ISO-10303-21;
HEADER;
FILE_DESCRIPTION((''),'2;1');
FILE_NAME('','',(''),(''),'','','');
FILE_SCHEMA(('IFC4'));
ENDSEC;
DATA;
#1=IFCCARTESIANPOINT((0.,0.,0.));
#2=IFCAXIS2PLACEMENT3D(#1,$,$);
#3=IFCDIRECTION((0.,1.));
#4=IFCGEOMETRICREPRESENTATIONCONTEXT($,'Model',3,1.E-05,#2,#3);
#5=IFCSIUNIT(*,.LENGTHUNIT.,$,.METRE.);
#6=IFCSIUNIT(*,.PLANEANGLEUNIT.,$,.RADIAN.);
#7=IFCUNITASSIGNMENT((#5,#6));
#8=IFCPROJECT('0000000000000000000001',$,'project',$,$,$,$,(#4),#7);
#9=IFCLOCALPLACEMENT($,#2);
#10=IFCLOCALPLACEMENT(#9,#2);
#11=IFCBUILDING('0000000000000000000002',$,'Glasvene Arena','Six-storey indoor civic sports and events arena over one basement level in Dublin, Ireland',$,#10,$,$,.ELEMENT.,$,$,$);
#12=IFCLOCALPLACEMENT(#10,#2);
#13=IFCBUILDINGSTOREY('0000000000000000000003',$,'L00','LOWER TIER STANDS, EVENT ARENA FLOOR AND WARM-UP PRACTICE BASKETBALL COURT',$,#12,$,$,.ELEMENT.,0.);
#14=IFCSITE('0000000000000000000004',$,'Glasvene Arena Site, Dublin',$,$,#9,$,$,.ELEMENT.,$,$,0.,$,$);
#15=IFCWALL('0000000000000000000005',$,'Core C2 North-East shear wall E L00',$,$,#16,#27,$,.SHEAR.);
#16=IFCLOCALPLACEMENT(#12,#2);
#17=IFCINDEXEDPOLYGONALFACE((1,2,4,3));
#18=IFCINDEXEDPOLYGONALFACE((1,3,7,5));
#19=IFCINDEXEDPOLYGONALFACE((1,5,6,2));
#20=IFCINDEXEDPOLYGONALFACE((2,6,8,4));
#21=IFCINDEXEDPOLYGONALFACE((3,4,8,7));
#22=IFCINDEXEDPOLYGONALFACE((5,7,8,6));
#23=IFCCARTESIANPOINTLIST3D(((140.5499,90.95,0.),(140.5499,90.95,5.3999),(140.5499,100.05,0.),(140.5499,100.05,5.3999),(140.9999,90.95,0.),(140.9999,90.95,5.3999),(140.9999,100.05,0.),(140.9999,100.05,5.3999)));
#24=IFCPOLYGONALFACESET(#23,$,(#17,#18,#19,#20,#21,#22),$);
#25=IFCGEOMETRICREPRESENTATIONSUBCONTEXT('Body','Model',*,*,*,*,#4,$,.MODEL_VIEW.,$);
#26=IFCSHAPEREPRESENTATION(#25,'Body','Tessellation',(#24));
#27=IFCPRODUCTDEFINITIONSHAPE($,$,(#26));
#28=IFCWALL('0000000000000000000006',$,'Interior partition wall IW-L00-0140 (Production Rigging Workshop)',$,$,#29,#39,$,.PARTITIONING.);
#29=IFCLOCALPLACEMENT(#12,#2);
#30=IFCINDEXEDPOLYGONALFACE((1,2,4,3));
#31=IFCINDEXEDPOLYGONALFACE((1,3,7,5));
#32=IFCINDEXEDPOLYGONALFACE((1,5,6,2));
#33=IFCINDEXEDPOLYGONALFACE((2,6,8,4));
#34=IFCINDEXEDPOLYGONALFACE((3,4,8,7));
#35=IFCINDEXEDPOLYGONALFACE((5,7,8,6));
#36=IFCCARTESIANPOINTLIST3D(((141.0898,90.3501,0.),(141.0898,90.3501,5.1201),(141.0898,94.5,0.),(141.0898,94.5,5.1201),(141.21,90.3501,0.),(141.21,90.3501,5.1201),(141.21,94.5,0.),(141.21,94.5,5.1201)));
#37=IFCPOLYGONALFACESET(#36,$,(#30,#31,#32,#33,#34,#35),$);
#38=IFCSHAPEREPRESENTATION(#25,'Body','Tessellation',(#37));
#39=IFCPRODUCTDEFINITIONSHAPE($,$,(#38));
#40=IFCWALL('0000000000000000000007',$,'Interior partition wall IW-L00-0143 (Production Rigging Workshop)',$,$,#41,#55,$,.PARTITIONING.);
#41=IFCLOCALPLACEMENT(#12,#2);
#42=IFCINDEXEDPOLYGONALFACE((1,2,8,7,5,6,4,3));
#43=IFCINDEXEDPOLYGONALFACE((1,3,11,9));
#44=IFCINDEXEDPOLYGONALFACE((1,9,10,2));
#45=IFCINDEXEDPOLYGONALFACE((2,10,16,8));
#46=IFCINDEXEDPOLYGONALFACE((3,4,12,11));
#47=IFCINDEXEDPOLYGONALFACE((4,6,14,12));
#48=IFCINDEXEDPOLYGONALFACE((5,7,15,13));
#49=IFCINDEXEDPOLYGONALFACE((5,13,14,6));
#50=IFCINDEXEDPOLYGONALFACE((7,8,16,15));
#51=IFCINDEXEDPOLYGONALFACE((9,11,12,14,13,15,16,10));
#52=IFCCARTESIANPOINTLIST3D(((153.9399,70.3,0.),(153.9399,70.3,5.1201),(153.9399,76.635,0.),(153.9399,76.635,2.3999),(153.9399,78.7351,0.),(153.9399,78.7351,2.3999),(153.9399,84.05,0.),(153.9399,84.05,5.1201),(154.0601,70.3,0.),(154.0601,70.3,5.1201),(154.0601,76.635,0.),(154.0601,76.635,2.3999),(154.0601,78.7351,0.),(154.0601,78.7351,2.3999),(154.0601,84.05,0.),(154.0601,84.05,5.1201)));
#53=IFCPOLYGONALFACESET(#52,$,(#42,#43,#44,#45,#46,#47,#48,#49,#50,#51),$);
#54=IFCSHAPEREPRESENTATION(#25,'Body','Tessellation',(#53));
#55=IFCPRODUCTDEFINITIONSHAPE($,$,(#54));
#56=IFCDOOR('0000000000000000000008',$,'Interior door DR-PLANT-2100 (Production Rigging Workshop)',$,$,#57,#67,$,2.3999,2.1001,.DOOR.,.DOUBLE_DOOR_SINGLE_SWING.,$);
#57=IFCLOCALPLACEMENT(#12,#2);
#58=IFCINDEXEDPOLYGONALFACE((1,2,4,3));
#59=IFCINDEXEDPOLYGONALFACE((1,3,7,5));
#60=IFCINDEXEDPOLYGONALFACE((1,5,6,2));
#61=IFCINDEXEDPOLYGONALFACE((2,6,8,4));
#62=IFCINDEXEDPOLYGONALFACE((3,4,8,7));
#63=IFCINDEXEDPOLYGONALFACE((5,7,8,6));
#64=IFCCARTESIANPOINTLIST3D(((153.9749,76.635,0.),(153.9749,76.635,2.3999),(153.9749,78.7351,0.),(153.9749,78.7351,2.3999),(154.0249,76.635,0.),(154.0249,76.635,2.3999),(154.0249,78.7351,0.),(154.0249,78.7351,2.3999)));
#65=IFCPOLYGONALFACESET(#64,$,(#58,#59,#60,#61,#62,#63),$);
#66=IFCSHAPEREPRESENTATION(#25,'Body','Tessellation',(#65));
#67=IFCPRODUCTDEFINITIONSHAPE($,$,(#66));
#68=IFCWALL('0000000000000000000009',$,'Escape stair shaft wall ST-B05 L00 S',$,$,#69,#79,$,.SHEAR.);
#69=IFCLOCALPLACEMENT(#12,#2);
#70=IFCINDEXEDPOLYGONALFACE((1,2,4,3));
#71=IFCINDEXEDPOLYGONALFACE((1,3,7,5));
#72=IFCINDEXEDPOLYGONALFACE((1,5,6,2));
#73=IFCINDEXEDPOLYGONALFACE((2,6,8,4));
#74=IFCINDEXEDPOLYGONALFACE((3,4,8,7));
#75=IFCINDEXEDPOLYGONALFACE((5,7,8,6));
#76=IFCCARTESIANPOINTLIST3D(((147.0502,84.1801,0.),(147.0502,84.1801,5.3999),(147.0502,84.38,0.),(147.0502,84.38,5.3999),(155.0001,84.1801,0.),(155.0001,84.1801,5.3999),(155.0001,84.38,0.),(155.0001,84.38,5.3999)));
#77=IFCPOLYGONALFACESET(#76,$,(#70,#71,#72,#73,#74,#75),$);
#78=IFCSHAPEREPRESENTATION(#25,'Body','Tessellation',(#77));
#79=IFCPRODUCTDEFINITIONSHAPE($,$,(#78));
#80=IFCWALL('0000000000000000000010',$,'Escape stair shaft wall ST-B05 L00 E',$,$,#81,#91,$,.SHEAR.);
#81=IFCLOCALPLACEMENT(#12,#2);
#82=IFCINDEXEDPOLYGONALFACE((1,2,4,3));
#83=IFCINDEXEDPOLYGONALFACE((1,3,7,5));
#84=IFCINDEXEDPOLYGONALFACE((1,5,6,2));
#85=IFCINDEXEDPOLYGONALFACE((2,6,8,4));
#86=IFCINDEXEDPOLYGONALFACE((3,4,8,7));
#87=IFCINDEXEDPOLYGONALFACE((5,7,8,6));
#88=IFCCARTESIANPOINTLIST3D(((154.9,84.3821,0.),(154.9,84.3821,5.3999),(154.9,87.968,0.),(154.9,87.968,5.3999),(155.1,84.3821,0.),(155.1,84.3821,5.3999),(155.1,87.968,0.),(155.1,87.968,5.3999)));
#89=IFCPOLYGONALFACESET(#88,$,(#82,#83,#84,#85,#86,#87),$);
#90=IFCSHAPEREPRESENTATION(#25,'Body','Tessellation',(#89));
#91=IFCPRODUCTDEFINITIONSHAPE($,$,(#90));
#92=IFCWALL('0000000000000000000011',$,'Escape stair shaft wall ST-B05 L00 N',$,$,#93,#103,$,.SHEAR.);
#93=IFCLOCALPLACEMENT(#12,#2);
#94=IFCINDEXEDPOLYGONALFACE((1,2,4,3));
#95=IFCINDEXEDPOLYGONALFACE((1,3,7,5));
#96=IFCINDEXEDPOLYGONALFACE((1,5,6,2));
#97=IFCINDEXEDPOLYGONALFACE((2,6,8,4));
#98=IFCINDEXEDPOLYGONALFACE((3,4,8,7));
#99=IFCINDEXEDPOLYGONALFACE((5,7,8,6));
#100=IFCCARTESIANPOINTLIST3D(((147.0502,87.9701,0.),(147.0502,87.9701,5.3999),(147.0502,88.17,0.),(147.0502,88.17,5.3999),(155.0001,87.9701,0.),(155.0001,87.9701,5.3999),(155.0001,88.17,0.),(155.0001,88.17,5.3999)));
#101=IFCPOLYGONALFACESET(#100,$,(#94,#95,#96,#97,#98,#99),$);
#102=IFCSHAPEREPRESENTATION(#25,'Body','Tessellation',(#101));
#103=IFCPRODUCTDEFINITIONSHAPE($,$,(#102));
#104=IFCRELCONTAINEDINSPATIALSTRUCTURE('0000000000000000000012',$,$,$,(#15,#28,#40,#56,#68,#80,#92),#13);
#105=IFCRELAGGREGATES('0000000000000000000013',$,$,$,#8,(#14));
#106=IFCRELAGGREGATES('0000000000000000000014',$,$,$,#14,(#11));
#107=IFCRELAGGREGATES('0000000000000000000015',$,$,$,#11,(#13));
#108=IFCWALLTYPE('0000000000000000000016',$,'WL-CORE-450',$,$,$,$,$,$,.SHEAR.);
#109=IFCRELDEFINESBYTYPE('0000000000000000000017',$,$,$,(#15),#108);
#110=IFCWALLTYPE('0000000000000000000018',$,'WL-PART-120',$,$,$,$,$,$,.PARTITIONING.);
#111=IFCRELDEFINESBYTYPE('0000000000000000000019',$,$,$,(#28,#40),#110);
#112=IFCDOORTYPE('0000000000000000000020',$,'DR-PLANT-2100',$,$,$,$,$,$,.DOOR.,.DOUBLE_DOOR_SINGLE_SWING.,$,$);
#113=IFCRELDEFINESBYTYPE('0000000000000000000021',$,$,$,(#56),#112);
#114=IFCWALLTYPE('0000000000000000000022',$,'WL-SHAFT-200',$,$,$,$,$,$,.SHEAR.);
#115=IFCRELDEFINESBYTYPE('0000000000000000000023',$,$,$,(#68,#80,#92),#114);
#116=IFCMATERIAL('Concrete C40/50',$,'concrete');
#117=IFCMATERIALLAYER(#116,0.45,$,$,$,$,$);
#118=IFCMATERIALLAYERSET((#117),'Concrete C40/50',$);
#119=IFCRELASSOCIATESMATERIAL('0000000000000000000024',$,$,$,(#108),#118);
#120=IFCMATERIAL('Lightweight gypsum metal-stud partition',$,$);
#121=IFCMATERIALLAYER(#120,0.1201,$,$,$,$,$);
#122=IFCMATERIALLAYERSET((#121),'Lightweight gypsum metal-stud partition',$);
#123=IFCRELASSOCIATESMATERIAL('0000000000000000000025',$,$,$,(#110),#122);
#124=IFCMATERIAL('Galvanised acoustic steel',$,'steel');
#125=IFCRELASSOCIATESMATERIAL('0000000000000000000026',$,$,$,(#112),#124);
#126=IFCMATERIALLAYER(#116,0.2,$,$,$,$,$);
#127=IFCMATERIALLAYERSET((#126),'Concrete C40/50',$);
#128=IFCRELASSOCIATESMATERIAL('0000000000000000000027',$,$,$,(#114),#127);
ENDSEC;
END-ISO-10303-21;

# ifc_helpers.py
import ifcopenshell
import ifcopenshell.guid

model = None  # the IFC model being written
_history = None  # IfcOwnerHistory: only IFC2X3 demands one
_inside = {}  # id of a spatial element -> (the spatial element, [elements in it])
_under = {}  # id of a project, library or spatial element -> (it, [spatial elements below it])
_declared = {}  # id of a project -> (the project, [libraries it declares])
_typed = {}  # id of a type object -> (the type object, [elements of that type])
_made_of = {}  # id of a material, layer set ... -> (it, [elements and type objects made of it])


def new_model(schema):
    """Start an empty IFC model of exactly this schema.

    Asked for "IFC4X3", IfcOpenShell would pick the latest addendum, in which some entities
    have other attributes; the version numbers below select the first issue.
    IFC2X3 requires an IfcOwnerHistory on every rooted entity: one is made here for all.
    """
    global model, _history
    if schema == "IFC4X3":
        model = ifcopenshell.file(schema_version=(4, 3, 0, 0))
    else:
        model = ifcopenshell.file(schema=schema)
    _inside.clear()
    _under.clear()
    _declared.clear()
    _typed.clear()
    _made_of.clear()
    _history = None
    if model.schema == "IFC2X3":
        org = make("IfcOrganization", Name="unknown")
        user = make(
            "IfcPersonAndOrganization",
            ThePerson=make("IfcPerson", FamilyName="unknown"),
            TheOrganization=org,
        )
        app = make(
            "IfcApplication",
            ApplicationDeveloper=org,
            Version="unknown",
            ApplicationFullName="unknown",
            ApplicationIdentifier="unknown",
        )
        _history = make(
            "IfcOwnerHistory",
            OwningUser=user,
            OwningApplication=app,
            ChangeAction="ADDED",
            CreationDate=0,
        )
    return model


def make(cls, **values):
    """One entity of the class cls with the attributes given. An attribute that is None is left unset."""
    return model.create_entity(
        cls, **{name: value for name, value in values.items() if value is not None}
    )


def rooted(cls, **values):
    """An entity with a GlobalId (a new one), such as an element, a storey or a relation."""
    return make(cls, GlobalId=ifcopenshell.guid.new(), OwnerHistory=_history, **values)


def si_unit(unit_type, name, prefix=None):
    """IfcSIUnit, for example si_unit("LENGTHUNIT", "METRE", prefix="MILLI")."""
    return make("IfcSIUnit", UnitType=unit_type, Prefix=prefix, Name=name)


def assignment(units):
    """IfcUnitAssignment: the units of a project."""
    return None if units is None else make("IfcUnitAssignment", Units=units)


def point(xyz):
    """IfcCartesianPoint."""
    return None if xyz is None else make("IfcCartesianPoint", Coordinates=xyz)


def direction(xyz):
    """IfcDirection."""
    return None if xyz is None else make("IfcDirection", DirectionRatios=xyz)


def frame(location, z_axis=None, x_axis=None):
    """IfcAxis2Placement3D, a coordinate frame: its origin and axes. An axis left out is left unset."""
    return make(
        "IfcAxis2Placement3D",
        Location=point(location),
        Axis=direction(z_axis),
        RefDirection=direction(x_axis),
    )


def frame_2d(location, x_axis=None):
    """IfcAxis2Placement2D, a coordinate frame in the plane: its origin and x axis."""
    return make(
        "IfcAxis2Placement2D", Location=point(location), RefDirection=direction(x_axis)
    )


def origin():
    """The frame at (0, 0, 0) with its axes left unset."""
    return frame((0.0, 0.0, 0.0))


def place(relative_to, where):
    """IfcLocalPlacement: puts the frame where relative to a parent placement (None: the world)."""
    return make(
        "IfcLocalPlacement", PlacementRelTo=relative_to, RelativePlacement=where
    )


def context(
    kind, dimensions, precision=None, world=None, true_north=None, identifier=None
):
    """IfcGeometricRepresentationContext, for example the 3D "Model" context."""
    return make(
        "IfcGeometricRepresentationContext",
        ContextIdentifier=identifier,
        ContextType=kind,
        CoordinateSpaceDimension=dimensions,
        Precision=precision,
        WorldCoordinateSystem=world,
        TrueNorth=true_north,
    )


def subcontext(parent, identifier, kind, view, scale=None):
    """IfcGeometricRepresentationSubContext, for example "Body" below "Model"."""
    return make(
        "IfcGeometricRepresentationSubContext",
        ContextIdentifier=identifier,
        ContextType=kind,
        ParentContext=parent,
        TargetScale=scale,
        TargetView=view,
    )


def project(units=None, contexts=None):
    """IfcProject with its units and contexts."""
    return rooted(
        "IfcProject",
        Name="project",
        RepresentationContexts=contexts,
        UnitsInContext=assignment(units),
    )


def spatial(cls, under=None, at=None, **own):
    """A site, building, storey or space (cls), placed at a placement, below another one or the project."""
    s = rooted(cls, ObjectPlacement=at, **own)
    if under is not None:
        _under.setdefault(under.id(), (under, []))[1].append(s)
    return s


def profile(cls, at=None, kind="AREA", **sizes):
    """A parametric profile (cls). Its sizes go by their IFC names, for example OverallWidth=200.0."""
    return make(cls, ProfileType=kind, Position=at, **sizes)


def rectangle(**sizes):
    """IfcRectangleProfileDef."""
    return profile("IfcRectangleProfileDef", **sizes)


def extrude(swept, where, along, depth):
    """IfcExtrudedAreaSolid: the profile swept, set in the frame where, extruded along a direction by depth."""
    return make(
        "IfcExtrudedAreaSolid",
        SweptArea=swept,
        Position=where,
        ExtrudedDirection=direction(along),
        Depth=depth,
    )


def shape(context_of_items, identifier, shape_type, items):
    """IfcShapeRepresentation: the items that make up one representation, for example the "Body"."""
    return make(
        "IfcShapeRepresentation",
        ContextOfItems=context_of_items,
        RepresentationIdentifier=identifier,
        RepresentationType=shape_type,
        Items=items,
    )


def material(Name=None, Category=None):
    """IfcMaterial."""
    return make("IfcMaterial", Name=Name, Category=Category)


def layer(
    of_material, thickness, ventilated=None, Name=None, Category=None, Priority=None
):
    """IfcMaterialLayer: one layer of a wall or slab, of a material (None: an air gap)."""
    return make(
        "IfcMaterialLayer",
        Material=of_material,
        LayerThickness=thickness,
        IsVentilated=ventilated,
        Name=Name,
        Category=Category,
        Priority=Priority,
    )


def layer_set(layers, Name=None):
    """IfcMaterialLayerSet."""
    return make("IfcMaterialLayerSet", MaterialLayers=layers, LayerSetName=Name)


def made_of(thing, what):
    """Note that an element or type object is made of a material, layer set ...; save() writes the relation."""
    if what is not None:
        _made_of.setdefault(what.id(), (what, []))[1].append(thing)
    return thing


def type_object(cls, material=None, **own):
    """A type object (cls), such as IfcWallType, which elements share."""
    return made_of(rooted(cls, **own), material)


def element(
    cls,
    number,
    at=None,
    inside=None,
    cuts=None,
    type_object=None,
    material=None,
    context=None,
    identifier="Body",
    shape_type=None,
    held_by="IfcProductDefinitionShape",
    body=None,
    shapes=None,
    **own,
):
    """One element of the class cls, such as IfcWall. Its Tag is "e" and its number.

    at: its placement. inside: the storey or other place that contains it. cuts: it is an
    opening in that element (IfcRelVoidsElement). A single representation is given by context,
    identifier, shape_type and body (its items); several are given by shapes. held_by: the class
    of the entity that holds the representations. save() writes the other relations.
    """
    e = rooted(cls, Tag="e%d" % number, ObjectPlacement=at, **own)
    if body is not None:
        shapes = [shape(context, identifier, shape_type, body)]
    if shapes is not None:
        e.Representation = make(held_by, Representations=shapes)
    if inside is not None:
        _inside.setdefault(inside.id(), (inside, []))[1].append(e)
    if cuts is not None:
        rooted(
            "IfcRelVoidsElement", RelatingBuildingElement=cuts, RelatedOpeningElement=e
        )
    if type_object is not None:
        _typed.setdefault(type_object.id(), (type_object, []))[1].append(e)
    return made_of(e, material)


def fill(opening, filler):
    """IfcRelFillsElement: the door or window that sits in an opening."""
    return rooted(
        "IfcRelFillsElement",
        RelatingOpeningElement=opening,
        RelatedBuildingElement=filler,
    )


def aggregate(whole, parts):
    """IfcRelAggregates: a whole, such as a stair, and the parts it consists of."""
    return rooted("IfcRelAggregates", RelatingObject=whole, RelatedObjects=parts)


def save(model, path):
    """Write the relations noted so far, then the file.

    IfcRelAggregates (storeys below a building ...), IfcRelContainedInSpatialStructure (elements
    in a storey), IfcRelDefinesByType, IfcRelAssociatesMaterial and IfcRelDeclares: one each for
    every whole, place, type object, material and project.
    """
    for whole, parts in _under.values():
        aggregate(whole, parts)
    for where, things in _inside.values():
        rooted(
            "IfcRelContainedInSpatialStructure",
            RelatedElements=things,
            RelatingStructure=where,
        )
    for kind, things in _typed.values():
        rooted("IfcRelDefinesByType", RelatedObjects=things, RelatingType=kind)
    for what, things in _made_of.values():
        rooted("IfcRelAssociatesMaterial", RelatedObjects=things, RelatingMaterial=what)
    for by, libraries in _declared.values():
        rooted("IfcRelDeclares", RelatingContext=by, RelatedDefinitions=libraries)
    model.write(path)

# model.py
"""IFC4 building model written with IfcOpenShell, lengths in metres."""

from ifc_helpers import new_model, si_unit, direction, frame, frame_2d, origin, place, context, subcontext, project, spatial, rectangle, extrude, material, layer, layer_set, type_object, element, fill, save


model = new_model("IFC4")

# Units and contexts
model_context = context("Model", 3, precision=1e-05, world=origin(), true_north=direction((0.0, 1.0)))
body_context = subcontext(model_context, "Body", "Model", "MODEL_VIEW")
ifc_project = project(units=[si_unit("LENGTHUNIT", "METRE"), si_unit("PLANEANGLEUNIT", "RADIAN")], contexts=[model_context])

# Site, building, storey
site_placement = place(None, origin())
site = spatial("IfcSite", under=ifc_project, at=site_placement, Name="Glasvene Arena Site, Dublin", CompositionType="ELEMENT", RefElevation=0.0)
building_placement = place(site_placement, origin())
building = spatial("IfcBuilding", under=site, at=building_placement, Name="Glasvene Arena", Description="Six-storey indoor civic sports and events arena over one basement level in Dublin, Ireland", CompositionType="ELEMENT")
storey_placement = place(building_placement, origin())
storey = spatial("IfcBuildingStorey", under=building, at=storey_placement, Name="L00", Description="LOWER TIER STANDS, EVENT ARENA FLOOR AND WARM-UP PRACTICE BASKETBALL COURT", CompositionType="ELEMENT", Elevation=0.0)

# Shared definitions
ifc_material_1 = material(Name="Concrete C40/50", Category="concrete")

# Walls
ifc_layer_1 = layer(ifc_material_1, 0.45)
ifc_layer_set_1 = layer_set([ifc_layer_1], Name="Concrete C40/50")
wall_type_1 = type_object("IfcWallType", Name="WL-CORE-450", PredefinedType="SHEAR", material=ifc_layer_set_1)
wall_1_placement = place(storey_placement, frame((140.7749, 90.95, 0.0), z_axis=(0.0, 0.0, 1.0), x_axis=(0.0, 1.0, 0.0)))
element("IfcWall", 1, at=wall_1_placement, inside=storey, type_object=wall_type_1, Name="Core C2 North-East shear wall E L00", PredefinedType="SHEAR", context=body_context, shape_type="SweptSolid", body=[
    extrude(rectangle(XDim=9.1001, YDim=0.45, at=frame_2d((4.55, 0.0))), origin(), (0.0, 0.0, 1.0), 5.3999),
])
ifc_material_2 = material(Name="Lightweight gypsum metal-stud partition")
ifc_layer_2 = layer(ifc_material_2, 0.1201)
ifc_layer_set_2 = layer_set([ifc_layer_2], Name="Lightweight gypsum metal-stud partition")
wall_type_2 = type_object("IfcWallType", Name="WL-PART-120", PredefinedType="PARTITIONING", material=ifc_layer_set_2)
wall_2_placement = place(storey_placement, frame((141.1499, 90.3501, 0.0), z_axis=(0.0, 0.0, 1.0), x_axis=(0.0, 1.0, 0.0)))
element("IfcWall", 2, at=wall_2_placement, inside=storey, type_object=wall_type_2, Name="Interior partition wall IW-L00-0140 (Production Rigging Workshop)", PredefinedType="PARTITIONING", context=body_context, shape_type="SweptSolid", body=[
    extrude(rectangle(XDim=4.1499, YDim=0.1201, at=frame_2d((2.075, 0.0))), origin(), (0.0, 0.0, 1.0), 5.1201),
])

# Wall, opening, door
wall_3_placement = place(storey_placement, frame((154.0, 84.05, 0.0), z_axis=(0.0, 0.0, 1.0), x_axis=(0.0, -1.0, 0.0)))
wall_3 = element("IfcWall", 3, at=wall_3_placement, inside=storey, type_object=wall_type_2, Name="Interior partition wall IW-L00-0143 (Production Rigging Workshop)", PredefinedType="PARTITIONING", context=body_context, shape_type="SweptSolid", body=[
    extrude(rectangle(XDim=13.75, YDim=0.1201, at=frame_2d((6.875, 0.0))), origin(), (0.0, 0.0, 1.0), 5.1201),
])
opening_1_placement = place(wall_3_placement, frame((5.3149, 0.0, 0.0)))
opening_1 = element("IfcOpeningElement", 4, at=opening_1_placement, cuts=wall_3, PredefinedType="OPENING", context=body_context, shape_type="SweptSolid", body=[
    extrude(rectangle(XDim=2.1001, YDim=2.3999, at=frame_2d((1.05, 1.2))), frame((0.0, 0.0701, 0.0), z_axis=(0.0, -1.0, 0.0), x_axis=(1.0, 0.0, 0.0)), (0.0, 0.0, 1.0), 0.1401),
])
ifc_material_3 = material(Name="Galvanised acoustic steel", Category="steel")
door_type_1 = type_object("IfcDoorType", Name="DR-PLANT-2100", OperationType="DOUBLE_DOOR_SINGLE_SWING", PredefinedType="DOOR", material=ifc_material_3)
door_1_placement = place(opening_1_placement, origin())
door_1 = element("IfcDoor", 5, at=door_1_placement, inside=storey, type_object=door_type_1, Name="Interior door DR-PLANT-2100 (Production Rigging Workshop)", OperationType="DOUBLE_DOOR_SINGLE_SWING", OverallHeight=2.3999, OverallWidth=2.1001, PredefinedType="DOOR", context=body_context, shape_type="SweptSolid", body=[
    extrude(rectangle(XDim=2.1001, YDim=2.3999, at=frame_2d((1.05, 1.2))), frame((0.0, 0.0249, 0.0), z_axis=(0.0, -1.0, 0.0), x_axis=(1.0, 0.0, 0.0)), (0.0, 0.0, 1.0), 0.05),
])
fill(opening_1, door_1)

# Wall
ifc_layer_3 = layer(ifc_material_1, 0.2)
ifc_layer_set_3 = layer_set([ifc_layer_3], Name="Concrete C40/50")
wall_type_3 = type_object("IfcWallType", Name="WL-SHAFT-200", PredefinedType="SHEAR", material=ifc_layer_set_3)
wall_4_placement = place(storey_placement, frame((147.05, 84.28, 0.0), z_axis=(0.0, 0.0, 1.0), x_axis=(1.0, 0.0, 0.0)))
element("IfcWall", 6, at=wall_4_placement, inside=storey, type_object=wall_type_3, Name="Escape stair shaft wall ST-B05 L00 S", PredefinedType="SHEAR", context=body_context, shape_type="SweptSolid", body=[
    extrude(rectangle(XDim=7.95, YDim=0.2, at=frame_2d((3.9751, 0.0))), origin(), (0.0, 0.0, 1.0), 5.3999),
])

# Walls
wall_5_placement = place(storey_placement, frame((155.0, 84.3821, 0.0), z_axis=(0.0, 0.0, 1.0), x_axis=(0.0, 1.0, 0.0)))
element("IfcWall", 7, at=wall_5_placement, inside=storey, type_object=wall_type_3, Name="Escape stair shaft wall ST-B05 L00 E", PredefinedType="SHEAR", context=body_context, shape_type="SweptSolid", body=[
    extrude(rectangle(XDim=3.5859, YDim=0.2, at=frame_2d((1.793, 0.0))), origin(), (0.0, 0.0, 1.0), 5.3999),
])
wall_6_placement = place(storey_placement, frame((147.05, 88.0701, 0.0), z_axis=(0.0, 0.0, 1.0), x_axis=(1.0, 0.0, 0.0)))
element("IfcWall", 8, at=wall_6_placement, inside=storey, type_object=wall_type_3, Name="Escape stair shaft wall ST-B05 L00 N", PredefinedType="SHEAR", context=body_context, shape_type="SweptSolid", body=[
    extrude(rectangle(XDim=7.95, YDim=0.2, at=frame_2d((3.9751, 0.0))), origin(), (0.0, 0.0, 1.0), 5.3999),
])

save(model, "model.ifc")
